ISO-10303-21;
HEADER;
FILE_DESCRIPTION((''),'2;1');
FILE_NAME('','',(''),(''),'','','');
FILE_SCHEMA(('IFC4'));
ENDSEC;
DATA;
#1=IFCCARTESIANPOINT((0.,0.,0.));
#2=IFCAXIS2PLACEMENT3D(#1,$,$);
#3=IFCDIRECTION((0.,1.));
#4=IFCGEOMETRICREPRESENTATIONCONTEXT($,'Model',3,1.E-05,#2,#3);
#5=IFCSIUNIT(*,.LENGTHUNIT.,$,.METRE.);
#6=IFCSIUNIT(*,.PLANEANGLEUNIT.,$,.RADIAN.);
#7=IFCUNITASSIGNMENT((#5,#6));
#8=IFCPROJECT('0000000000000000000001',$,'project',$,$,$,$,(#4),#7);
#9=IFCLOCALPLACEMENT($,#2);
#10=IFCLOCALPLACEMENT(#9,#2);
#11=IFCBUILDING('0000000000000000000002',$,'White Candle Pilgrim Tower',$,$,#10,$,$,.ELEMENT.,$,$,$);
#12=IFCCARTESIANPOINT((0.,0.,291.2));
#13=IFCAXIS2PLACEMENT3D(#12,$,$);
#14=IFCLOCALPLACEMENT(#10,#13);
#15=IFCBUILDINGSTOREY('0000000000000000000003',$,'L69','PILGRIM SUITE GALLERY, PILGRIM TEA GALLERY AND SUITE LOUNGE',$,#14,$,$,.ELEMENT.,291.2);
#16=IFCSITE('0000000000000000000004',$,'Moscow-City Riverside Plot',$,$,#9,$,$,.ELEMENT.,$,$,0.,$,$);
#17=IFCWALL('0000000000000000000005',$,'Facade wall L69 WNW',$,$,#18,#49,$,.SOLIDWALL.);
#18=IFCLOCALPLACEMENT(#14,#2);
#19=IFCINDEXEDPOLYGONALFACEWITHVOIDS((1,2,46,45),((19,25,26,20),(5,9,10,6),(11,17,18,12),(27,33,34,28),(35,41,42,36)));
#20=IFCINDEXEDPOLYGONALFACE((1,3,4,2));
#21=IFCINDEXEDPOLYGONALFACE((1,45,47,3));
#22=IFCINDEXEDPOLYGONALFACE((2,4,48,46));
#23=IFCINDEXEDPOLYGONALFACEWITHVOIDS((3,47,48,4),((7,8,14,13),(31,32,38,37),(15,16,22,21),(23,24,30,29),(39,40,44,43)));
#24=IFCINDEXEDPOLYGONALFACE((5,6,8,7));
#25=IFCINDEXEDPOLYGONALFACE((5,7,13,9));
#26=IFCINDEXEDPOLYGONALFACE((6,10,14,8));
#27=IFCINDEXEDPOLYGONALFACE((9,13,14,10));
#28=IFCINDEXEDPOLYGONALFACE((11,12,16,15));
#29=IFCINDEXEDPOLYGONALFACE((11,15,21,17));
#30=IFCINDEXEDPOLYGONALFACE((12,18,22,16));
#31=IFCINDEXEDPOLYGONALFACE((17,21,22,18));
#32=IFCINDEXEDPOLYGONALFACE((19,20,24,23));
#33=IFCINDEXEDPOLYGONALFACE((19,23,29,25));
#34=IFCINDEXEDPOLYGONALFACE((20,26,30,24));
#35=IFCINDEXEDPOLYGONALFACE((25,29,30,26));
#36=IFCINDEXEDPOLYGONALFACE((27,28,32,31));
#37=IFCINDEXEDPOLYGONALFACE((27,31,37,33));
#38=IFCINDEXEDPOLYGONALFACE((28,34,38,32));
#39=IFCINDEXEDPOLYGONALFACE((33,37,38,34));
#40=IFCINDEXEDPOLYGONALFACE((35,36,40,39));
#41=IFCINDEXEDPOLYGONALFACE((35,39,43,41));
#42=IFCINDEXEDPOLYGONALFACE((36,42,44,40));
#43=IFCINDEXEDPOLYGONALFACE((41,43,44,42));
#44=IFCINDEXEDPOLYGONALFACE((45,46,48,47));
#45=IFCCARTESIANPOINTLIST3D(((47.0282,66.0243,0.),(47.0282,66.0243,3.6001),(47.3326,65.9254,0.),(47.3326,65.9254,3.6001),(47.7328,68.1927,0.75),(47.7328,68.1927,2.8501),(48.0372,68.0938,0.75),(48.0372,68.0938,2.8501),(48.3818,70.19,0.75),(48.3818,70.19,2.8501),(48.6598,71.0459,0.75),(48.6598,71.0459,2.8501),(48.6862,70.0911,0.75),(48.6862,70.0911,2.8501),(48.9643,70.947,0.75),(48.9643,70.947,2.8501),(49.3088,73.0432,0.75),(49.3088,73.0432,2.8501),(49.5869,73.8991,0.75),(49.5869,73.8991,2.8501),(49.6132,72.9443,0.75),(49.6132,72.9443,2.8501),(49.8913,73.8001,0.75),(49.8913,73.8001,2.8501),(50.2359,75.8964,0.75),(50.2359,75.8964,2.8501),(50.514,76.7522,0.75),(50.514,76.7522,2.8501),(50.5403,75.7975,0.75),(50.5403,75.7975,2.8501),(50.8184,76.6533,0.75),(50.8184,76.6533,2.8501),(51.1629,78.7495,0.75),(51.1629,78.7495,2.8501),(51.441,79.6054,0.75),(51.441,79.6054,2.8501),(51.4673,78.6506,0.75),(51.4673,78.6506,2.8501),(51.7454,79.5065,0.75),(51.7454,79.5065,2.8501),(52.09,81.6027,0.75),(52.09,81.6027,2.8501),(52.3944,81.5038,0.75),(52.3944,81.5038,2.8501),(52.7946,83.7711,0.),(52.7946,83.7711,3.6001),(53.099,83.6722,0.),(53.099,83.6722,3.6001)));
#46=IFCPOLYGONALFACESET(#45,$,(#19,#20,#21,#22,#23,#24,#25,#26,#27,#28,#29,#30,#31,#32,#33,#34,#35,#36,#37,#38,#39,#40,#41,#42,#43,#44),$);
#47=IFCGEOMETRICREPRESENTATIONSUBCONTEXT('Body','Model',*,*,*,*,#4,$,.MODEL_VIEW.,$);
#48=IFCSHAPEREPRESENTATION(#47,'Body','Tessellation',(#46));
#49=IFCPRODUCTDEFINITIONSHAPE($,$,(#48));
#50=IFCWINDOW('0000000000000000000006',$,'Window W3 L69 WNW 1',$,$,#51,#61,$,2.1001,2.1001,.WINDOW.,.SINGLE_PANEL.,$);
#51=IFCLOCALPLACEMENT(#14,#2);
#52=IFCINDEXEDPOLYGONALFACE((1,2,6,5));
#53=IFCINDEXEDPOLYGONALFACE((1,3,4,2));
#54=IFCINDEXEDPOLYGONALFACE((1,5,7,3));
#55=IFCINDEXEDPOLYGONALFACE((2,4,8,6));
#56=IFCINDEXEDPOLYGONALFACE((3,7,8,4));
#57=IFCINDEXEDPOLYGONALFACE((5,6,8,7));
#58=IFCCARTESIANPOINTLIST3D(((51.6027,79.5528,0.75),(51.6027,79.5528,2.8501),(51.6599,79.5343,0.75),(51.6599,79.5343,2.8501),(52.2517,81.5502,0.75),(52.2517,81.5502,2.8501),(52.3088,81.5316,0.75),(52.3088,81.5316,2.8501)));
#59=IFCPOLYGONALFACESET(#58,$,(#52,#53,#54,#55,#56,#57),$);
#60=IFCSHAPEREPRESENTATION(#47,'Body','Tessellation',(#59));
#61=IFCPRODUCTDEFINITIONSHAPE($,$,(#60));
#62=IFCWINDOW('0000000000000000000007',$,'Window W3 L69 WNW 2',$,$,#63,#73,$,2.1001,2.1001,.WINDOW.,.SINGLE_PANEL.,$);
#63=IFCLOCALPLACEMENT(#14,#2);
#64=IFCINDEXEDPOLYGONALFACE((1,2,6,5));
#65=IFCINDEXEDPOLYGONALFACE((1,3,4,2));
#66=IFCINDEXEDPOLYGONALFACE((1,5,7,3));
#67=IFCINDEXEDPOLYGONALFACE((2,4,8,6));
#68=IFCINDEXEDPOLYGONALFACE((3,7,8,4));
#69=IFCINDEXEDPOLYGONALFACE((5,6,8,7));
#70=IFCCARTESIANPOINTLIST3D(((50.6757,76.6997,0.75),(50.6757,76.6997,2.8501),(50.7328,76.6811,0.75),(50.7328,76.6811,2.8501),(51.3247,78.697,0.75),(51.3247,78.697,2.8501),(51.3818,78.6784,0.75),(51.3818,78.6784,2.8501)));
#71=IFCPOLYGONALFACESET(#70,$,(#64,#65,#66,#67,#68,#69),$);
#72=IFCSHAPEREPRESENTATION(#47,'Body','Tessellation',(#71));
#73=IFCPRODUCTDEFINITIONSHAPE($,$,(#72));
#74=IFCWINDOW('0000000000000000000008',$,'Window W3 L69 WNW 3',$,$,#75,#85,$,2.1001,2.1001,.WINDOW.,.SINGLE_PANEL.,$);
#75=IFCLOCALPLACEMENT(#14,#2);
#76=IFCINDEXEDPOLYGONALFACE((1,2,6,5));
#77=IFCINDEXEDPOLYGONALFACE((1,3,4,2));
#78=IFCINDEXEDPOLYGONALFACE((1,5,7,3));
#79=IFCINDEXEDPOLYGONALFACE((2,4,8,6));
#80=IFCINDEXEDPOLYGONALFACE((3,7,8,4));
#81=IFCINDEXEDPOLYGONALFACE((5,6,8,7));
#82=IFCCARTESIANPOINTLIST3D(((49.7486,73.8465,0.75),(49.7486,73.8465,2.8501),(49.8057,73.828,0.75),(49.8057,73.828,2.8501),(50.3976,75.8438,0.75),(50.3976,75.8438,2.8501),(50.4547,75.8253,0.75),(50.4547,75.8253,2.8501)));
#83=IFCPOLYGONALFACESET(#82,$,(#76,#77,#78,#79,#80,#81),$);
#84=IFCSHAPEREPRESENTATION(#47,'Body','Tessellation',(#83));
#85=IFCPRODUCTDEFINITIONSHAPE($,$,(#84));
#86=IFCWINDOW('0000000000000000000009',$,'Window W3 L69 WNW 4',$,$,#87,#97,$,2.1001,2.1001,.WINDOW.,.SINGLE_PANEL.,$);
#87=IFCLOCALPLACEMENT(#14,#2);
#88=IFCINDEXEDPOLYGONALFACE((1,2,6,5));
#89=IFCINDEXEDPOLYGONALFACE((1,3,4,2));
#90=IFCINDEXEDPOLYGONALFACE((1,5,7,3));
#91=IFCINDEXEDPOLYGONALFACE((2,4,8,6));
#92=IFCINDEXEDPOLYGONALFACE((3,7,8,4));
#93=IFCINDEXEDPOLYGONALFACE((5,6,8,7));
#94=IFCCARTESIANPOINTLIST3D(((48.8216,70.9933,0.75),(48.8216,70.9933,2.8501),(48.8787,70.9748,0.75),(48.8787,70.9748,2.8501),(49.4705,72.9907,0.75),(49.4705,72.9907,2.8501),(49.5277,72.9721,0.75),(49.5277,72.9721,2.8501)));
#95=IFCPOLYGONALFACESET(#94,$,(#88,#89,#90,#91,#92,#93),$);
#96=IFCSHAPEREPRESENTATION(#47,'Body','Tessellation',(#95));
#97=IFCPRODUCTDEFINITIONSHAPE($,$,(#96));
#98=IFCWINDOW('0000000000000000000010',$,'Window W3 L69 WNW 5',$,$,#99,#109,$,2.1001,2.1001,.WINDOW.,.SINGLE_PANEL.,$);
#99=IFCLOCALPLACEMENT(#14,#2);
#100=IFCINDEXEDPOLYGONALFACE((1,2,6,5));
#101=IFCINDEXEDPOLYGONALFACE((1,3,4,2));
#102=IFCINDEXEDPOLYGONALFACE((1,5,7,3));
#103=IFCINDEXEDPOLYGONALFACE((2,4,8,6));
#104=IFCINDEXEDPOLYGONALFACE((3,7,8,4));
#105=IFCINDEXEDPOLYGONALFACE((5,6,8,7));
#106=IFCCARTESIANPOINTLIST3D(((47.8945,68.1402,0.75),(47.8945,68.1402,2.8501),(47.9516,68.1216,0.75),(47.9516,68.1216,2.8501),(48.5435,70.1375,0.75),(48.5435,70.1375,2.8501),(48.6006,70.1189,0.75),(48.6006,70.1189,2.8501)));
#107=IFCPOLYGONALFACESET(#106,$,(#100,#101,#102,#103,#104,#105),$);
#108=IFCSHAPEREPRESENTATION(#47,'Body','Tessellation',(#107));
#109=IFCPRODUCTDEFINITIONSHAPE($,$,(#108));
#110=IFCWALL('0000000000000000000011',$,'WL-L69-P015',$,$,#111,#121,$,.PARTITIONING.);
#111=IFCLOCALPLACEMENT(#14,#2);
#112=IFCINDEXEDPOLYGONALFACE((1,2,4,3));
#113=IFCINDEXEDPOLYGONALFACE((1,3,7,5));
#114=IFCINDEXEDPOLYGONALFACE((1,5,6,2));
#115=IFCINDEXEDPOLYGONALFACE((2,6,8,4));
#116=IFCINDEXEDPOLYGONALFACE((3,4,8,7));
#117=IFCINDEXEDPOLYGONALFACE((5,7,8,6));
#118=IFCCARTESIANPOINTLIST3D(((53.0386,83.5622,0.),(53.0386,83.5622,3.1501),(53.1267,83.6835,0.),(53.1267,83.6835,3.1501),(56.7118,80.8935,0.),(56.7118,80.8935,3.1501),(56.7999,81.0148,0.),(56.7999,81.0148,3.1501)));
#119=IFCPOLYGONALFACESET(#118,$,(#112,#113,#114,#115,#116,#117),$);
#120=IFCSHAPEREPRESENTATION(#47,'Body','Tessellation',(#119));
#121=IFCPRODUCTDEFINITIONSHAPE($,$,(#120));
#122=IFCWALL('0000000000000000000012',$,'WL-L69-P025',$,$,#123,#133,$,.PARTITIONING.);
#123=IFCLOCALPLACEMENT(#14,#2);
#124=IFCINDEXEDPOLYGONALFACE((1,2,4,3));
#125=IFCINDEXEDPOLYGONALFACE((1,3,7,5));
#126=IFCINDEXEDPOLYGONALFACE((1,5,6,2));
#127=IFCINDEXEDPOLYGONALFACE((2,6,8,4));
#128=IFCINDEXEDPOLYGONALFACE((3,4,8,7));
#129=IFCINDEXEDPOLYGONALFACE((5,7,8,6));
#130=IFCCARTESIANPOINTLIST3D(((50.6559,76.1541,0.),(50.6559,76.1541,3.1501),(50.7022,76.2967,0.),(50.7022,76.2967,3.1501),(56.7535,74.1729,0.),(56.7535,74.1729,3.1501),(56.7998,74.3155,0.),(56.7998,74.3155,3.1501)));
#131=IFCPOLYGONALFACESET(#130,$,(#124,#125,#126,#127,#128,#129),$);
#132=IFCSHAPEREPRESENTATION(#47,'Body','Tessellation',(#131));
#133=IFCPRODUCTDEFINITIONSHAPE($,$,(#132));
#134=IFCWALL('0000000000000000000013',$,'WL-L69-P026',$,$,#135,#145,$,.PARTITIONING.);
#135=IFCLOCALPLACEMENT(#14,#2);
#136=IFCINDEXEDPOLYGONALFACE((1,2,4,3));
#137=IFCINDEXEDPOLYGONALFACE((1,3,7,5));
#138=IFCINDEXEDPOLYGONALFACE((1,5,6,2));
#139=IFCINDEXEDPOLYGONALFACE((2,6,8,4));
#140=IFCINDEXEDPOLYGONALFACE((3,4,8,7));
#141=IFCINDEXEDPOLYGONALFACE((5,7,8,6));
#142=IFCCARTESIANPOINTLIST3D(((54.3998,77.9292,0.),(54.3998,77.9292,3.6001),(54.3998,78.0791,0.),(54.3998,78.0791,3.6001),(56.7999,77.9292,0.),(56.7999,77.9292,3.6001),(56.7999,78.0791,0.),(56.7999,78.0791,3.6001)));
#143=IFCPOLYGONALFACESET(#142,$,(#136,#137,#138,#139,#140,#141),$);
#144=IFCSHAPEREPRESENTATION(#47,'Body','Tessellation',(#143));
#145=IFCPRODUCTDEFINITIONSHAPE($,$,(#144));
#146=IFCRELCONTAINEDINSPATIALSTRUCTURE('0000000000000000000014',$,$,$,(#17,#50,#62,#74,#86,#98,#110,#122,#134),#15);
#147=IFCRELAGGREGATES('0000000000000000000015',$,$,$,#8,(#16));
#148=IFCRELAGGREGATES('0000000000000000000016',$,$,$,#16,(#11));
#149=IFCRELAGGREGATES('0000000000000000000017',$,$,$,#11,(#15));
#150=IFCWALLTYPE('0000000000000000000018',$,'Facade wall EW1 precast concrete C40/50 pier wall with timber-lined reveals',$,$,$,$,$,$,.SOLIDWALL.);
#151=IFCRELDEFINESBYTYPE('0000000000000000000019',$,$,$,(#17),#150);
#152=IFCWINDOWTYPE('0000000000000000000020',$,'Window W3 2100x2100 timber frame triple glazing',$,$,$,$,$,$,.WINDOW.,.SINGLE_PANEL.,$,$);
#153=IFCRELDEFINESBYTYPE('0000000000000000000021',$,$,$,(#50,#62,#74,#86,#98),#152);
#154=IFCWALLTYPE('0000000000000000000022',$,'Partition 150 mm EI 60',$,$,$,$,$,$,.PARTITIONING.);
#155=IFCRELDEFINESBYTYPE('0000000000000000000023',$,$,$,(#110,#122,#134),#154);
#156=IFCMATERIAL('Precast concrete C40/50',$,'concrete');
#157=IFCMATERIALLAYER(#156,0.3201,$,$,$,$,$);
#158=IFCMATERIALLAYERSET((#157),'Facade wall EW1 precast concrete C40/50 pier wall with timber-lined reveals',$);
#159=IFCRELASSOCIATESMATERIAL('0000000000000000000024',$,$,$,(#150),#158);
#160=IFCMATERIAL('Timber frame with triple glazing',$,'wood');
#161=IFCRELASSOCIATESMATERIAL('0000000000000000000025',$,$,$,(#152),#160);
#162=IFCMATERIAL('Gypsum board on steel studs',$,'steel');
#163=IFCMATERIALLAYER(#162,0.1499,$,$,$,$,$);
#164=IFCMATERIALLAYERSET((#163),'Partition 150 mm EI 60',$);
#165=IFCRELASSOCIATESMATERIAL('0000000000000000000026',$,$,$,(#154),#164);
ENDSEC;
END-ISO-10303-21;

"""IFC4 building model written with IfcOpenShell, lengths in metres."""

from ifc_helpers import new_model, si_unit, direction, frame, frame_2d, origin, place, context, subcontext, project, spatial, rectangle, extrude, material, layer, layer_set, type_object, element, fill, save


model = new_model("IFC4")

# Units and contexts
model_context = context("Model", 3, precision=1e-05, world=origin(), true_north=direction((0.0, 1.0)))
body_context = subcontext(model_context, "Body", "Model", "MODEL_VIEW")
ifc_project = project(units=[si_unit("LENGTHUNIT", "METRE"), si_unit("PLANEANGLEUNIT", "RADIAN")], contexts=[model_context])

# Site, building, storey
site_placement = place(None, origin())
site = spatial("IfcSite", under=ifc_project, at=site_placement, Name="Moscow-City Riverside Plot", CompositionType="ELEMENT", RefElevation=0.0)
building_placement = place(site_placement, origin())
building = spatial("IfcBuilding", under=site, at=building_placement, Name="White Candle Pilgrim Tower", CompositionType="ELEMENT")
storey_placement = place(building_placement, frame((0.0, 0.0, 291.2)))
storey = spatial("IfcBuildingStorey", under=building, at=storey_placement, Name="L69", Description="PILGRIM SUITE GALLERY, PILGRIM TEA GALLERY AND SUITE LOUNGE", CompositionType="ELEMENT", Elevation=291.2)

# Shared definitions
ifc_material_1 = material(Name="Precast concrete C40/50", Category="concrete")
ifc_layer_1 = layer(ifc_material_1, 0.3201)
ifc_layer_set_1 = layer_set([ifc_layer_1], Name="Facade wall EW1 precast concrete C40/50 pier wall with timber-lined reveals")
wall_type_1 = type_object("IfcWallType", Name="Facade wall EW1 precast concrete C40/50 pier wall with timber-lined reveals", PredefinedType="SOLIDWALL", material=ifc_layer_set_1)
ifc_material_2 = material(Name="Timber frame with triple glazing", Category="wood")

# Wall, openings, windows
wall_1_placement = place(storey_placement, frame((52.9468, 83.7217, 0.0), z_axis=(0.0, 0.0, 1.0), x_axis=(-0.30902, -0.951056, 0.0)))
wall_1 = element("IfcWall", 1, at=wall_1_placement, inside=storey, type_object=wall_type_1, Name="Facade wall L69 WNW", PredefinedType="SOLIDWALL", context=body_context, shape_type="SweptSolid", body=[
    extrude(rectangle(XDim=18.6602, YDim=0.3201, at=frame_2d((9.3301, 0.0))), origin(), (0.0, 0.0, 1.0), 3.6001),
])
opening_1_placement = place(wall_1_placement, frame((2.28, 0.0, 0.75)))
opening_1 = element("IfcOpeningElement", 2, at=opening_1_placement, cuts=wall_1, PredefinedType="OPENING", context=body_context, shape_type="SweptSolid", body=[
    extrude(rectangle(XDim=2.1001, YDim=2.1001, at=frame_2d((1.05, 1.05))), frame((0.0, 0.1699, 0.0), z_axis=(0.0, -1.0, 0.0), x_axis=(1.0, 0.0, 0.0)), (0.0, 0.0, 1.0), 0.3401),
])
opening_2_placement = place(wall_1_placement, frame((5.28, 0.0, 0.75)))
opening_2 = element("IfcOpeningElement", 3, at=opening_2_placement, cuts=wall_1, PredefinedType="OPENING", context=body_context, shape_type="SweptSolid", body=[
    extrude(rectangle(XDim=2.1001, YDim=2.1001, at=frame_2d((1.05, 1.05))), frame((0.0, 0.1699, 0.0), z_axis=(0.0, -1.0, 0.0), x_axis=(1.0, 0.0, 0.0)), (0.0, 0.0, 1.0), 0.3401),
])
opening_3_placement = place(wall_1_placement, frame((8.28, 0.0, 0.75)))
opening_3 = element("IfcOpeningElement", 4, at=opening_3_placement, cuts=wall_1, PredefinedType="OPENING", context=body_context, shape_type="SweptSolid", body=[
    extrude(rectangle(XDim=2.1001, YDim=2.1001, at=frame_2d((1.05, 1.05))), frame((0.0, 0.1699, 0.0), z_axis=(0.0, -1.0, 0.0), x_axis=(1.0, 0.0, 0.0)), (0.0, 0.0, 1.0), 0.3401),
])
opening_4_placement = place(wall_1_placement, frame((11.28, 0.0, 0.75)))
opening_4 = element("IfcOpeningElement", 5, at=opening_4_placement, cuts=wall_1, PredefinedType="OPENING", context=body_context, shape_type="SweptSolid", body=[
    extrude(rectangle(XDim=2.1001, YDim=2.1001, at=frame_2d((1.05, 1.05))), frame((0.0, 0.1699, 0.0), z_axis=(0.0, -1.0, 0.0), x_axis=(1.0, 0.0, 0.0)), (0.0, 0.0, 1.0), 0.3401),
])
opening_5_placement = place(wall_1_placement, frame((14.28, 0.0, 0.75)))
opening_5 = element("IfcOpeningElement", 6, at=opening_5_placement, cuts=wall_1, PredefinedType="OPENING", context=body_context, shape_type="SweptSolid", body=[
    extrude(rectangle(XDim=2.1001, YDim=2.1001, at=frame_2d((1.05, 1.05))), frame((0.0, 0.1699, 0.0), z_axis=(0.0, -1.0, 0.0), x_axis=(1.0, 0.0, 0.0)), (0.0, 0.0, 1.0), 0.3401),
])
window_type_1 = type_object("IfcWindowType", Name="Window W3 2100x2100 timber frame triple glazing", PartitioningType="SINGLE_PANEL", PredefinedType="WINDOW", material=ifc_material_2)
window_1_placement = place(opening_1_placement, origin())
window_1 = element("IfcWindow", 7, at=window_1_placement, inside=storey, type_object=window_type_1, Name="Window W3 L69 WNW 1", OverallHeight=2.1001, OverallWidth=2.1001, PartitioningType="SINGLE_PANEL", PredefinedType="WINDOW", context=body_context, shape_type="SweptSolid", body=[
    extrude(rectangle(XDim=2.1001, YDim=2.1001, at=frame_2d((1.05, 1.05))), frame((0.0, 0.0701, 0.0), z_axis=(0.0, -1.0, 0.0), x_axis=(1.0, 0.0, 0.0)), (0.0, 0.0, 1.0), 0.0601),
])
fill(opening_1, window_1)
window_2_placement = place(opening_2_placement, origin())
window_2 = element("IfcWindow", 8, at=window_2_placement, inside=storey, type_object=window_type_1, Name="Window W3 L69 WNW 2", OverallHeight=2.1001, OverallWidth=2.1001, PartitioningType="SINGLE_PANEL", PredefinedType="WINDOW", context=body_context, shape_type="SweptSolid", body=[
    extrude(rectangle(XDim=2.1001, YDim=2.1001, at=frame_2d((1.05, 1.05))), frame((0.0, 0.0701, 0.0), z_axis=(0.0, -1.0, 0.0), x_axis=(1.0, 0.0, 0.0)), (0.0, 0.0, 1.0), 0.0601),
])
fill(opening_2, window_2)
window_3_placement = place(opening_3_placement, origin())
window_3 = element("IfcWindow", 9, at=window_3_placement, inside=storey, type_object=window_type_1, Name="Window W3 L69 WNW 3", OverallHeight=2.1001, OverallWidth=2.1001, PartitioningType="SINGLE_PANEL", PredefinedType="WINDOW", context=body_context, shape_type="SweptSolid", body=[
    extrude(rectangle(XDim=2.1001, YDim=2.1001, at=frame_2d((1.05, 1.05))), frame((0.0, 0.0701, 0.0), z_axis=(0.0, -1.0, 0.0), x_axis=(1.0, 0.0, 0.0)), (0.0, 0.0, 1.0), 0.0601),
])
fill(opening_3, window_3)
window_4_placement = place(opening_4_placement, origin())
window_4 = element("IfcWindow", 10, at=window_4_placement, inside=storey, type_object=window_type_1, Name="Window W3 L69 WNW 4", OverallHeight=2.1001, OverallWidth=2.1001, PartitioningType="SINGLE_PANEL", PredefinedType="WINDOW", context=body_context, shape_type="SweptSolid", body=[
    extrude(rectangle(XDim=2.1001, YDim=2.1001, at=frame_2d((1.05, 1.05))), frame((0.0, 0.0701, 0.0), z_axis=(0.0, -1.0, 0.0), x_axis=(1.0, 0.0, 0.0)), (0.0, 0.0, 1.0), 0.0601),
])
fill(opening_4, window_4)
window_5_placement = place(opening_5_placement, origin())
window_5 = element("IfcWindow", 11, at=window_5_placement, inside=storey, type_object=window_type_1, Name="Window W3 L69 WNW 5", OverallHeight=2.1001, OverallWidth=2.1001, PartitioningType="SINGLE_PANEL", PredefinedType="WINDOW", context=body_context, shape_type="SweptSolid", body=[
    extrude(rectangle(XDim=2.1001, YDim=2.1001, at=frame_2d((1.05, 1.05))), frame((0.0, 0.0701, 0.0), z_axis=(0.0, -1.0, 0.0), x_axis=(1.0, 0.0, 0.0)), (0.0, 0.0, 1.0), 0.0601),
])
fill(opening_5, window_5)

# Walls
ifc_material_3 = material(Name="Gypsum board on steel studs", Category="steel")
ifc_layer_2 = layer(ifc_material_3, 0.1499)
ifc_layer_set_2 = layer_set([ifc_layer_2], Name="Partition 150 mm EI 60")
wall_type_2 = type_object("IfcWallType", Name="Partition 150 mm EI 60", PredefinedType="PARTITIONING", material=ifc_layer_set_2)
wall_2_placement = place(storey_placement, frame((53.0828, 83.6228, 0.0), z_axis=(0.0, 0.0, 1.0), x_axis=(0.809013, -0.587791, 0.0)))
element("IfcWall", 12, at=wall_2_placement, inside=storey, type_object=wall_type_2, Name="WL-L69-P015", PredefinedType="PARTITIONING", context=body_context, shape_type="SweptSolid", body=[
    extrude(rectangle(XDim=4.5403, YDim=0.1499, at=frame_2d((2.27, 0.0))), origin(), (0.0, 0.0, 1.0), 3.1501),
])
wall_3_placement = place(storey_placement, frame((50.6792, 76.2253, 0.0), z_axis=(0.0, 0.0, 1.0), x_axis=(0.951059, -0.30901, 0.0)))
element("IfcWall", 13, at=wall_3_placement, inside=storey, type_object=wall_type_2, Name="WL-L69-P025", PredefinedType="PARTITIONING", context=body_context, shape_type="SweptSolid", body=[
    extrude(rectangle(XDim=6.4114, YDim=0.1499, at=frame_2d((3.2056, 0.0))), origin(), (0.0, 0.0, 1.0), 3.1501),
])
wall_4_placement = place(storey_placement, frame((56.8, 78.0042, 0.0), z_axis=(0.0, 0.0, 1.0), x_axis=(-1.0, 0.0, 0.0)))
element("IfcWall", 14, at=wall_4_placement, inside=storey, type_object=wall_type_2, Name="WL-L69-P026", PredefinedType="PARTITIONING", context=body_context, shape_type="SweptSolid", body=[
    extrude(rectangle(XDim=2.4001, YDim=0.1499, at=frame_2d((1.2002, 0.0))), origin(), (0.0, 0.0, 1.0), 3.6001),
])

save(model, "model.ifc")
